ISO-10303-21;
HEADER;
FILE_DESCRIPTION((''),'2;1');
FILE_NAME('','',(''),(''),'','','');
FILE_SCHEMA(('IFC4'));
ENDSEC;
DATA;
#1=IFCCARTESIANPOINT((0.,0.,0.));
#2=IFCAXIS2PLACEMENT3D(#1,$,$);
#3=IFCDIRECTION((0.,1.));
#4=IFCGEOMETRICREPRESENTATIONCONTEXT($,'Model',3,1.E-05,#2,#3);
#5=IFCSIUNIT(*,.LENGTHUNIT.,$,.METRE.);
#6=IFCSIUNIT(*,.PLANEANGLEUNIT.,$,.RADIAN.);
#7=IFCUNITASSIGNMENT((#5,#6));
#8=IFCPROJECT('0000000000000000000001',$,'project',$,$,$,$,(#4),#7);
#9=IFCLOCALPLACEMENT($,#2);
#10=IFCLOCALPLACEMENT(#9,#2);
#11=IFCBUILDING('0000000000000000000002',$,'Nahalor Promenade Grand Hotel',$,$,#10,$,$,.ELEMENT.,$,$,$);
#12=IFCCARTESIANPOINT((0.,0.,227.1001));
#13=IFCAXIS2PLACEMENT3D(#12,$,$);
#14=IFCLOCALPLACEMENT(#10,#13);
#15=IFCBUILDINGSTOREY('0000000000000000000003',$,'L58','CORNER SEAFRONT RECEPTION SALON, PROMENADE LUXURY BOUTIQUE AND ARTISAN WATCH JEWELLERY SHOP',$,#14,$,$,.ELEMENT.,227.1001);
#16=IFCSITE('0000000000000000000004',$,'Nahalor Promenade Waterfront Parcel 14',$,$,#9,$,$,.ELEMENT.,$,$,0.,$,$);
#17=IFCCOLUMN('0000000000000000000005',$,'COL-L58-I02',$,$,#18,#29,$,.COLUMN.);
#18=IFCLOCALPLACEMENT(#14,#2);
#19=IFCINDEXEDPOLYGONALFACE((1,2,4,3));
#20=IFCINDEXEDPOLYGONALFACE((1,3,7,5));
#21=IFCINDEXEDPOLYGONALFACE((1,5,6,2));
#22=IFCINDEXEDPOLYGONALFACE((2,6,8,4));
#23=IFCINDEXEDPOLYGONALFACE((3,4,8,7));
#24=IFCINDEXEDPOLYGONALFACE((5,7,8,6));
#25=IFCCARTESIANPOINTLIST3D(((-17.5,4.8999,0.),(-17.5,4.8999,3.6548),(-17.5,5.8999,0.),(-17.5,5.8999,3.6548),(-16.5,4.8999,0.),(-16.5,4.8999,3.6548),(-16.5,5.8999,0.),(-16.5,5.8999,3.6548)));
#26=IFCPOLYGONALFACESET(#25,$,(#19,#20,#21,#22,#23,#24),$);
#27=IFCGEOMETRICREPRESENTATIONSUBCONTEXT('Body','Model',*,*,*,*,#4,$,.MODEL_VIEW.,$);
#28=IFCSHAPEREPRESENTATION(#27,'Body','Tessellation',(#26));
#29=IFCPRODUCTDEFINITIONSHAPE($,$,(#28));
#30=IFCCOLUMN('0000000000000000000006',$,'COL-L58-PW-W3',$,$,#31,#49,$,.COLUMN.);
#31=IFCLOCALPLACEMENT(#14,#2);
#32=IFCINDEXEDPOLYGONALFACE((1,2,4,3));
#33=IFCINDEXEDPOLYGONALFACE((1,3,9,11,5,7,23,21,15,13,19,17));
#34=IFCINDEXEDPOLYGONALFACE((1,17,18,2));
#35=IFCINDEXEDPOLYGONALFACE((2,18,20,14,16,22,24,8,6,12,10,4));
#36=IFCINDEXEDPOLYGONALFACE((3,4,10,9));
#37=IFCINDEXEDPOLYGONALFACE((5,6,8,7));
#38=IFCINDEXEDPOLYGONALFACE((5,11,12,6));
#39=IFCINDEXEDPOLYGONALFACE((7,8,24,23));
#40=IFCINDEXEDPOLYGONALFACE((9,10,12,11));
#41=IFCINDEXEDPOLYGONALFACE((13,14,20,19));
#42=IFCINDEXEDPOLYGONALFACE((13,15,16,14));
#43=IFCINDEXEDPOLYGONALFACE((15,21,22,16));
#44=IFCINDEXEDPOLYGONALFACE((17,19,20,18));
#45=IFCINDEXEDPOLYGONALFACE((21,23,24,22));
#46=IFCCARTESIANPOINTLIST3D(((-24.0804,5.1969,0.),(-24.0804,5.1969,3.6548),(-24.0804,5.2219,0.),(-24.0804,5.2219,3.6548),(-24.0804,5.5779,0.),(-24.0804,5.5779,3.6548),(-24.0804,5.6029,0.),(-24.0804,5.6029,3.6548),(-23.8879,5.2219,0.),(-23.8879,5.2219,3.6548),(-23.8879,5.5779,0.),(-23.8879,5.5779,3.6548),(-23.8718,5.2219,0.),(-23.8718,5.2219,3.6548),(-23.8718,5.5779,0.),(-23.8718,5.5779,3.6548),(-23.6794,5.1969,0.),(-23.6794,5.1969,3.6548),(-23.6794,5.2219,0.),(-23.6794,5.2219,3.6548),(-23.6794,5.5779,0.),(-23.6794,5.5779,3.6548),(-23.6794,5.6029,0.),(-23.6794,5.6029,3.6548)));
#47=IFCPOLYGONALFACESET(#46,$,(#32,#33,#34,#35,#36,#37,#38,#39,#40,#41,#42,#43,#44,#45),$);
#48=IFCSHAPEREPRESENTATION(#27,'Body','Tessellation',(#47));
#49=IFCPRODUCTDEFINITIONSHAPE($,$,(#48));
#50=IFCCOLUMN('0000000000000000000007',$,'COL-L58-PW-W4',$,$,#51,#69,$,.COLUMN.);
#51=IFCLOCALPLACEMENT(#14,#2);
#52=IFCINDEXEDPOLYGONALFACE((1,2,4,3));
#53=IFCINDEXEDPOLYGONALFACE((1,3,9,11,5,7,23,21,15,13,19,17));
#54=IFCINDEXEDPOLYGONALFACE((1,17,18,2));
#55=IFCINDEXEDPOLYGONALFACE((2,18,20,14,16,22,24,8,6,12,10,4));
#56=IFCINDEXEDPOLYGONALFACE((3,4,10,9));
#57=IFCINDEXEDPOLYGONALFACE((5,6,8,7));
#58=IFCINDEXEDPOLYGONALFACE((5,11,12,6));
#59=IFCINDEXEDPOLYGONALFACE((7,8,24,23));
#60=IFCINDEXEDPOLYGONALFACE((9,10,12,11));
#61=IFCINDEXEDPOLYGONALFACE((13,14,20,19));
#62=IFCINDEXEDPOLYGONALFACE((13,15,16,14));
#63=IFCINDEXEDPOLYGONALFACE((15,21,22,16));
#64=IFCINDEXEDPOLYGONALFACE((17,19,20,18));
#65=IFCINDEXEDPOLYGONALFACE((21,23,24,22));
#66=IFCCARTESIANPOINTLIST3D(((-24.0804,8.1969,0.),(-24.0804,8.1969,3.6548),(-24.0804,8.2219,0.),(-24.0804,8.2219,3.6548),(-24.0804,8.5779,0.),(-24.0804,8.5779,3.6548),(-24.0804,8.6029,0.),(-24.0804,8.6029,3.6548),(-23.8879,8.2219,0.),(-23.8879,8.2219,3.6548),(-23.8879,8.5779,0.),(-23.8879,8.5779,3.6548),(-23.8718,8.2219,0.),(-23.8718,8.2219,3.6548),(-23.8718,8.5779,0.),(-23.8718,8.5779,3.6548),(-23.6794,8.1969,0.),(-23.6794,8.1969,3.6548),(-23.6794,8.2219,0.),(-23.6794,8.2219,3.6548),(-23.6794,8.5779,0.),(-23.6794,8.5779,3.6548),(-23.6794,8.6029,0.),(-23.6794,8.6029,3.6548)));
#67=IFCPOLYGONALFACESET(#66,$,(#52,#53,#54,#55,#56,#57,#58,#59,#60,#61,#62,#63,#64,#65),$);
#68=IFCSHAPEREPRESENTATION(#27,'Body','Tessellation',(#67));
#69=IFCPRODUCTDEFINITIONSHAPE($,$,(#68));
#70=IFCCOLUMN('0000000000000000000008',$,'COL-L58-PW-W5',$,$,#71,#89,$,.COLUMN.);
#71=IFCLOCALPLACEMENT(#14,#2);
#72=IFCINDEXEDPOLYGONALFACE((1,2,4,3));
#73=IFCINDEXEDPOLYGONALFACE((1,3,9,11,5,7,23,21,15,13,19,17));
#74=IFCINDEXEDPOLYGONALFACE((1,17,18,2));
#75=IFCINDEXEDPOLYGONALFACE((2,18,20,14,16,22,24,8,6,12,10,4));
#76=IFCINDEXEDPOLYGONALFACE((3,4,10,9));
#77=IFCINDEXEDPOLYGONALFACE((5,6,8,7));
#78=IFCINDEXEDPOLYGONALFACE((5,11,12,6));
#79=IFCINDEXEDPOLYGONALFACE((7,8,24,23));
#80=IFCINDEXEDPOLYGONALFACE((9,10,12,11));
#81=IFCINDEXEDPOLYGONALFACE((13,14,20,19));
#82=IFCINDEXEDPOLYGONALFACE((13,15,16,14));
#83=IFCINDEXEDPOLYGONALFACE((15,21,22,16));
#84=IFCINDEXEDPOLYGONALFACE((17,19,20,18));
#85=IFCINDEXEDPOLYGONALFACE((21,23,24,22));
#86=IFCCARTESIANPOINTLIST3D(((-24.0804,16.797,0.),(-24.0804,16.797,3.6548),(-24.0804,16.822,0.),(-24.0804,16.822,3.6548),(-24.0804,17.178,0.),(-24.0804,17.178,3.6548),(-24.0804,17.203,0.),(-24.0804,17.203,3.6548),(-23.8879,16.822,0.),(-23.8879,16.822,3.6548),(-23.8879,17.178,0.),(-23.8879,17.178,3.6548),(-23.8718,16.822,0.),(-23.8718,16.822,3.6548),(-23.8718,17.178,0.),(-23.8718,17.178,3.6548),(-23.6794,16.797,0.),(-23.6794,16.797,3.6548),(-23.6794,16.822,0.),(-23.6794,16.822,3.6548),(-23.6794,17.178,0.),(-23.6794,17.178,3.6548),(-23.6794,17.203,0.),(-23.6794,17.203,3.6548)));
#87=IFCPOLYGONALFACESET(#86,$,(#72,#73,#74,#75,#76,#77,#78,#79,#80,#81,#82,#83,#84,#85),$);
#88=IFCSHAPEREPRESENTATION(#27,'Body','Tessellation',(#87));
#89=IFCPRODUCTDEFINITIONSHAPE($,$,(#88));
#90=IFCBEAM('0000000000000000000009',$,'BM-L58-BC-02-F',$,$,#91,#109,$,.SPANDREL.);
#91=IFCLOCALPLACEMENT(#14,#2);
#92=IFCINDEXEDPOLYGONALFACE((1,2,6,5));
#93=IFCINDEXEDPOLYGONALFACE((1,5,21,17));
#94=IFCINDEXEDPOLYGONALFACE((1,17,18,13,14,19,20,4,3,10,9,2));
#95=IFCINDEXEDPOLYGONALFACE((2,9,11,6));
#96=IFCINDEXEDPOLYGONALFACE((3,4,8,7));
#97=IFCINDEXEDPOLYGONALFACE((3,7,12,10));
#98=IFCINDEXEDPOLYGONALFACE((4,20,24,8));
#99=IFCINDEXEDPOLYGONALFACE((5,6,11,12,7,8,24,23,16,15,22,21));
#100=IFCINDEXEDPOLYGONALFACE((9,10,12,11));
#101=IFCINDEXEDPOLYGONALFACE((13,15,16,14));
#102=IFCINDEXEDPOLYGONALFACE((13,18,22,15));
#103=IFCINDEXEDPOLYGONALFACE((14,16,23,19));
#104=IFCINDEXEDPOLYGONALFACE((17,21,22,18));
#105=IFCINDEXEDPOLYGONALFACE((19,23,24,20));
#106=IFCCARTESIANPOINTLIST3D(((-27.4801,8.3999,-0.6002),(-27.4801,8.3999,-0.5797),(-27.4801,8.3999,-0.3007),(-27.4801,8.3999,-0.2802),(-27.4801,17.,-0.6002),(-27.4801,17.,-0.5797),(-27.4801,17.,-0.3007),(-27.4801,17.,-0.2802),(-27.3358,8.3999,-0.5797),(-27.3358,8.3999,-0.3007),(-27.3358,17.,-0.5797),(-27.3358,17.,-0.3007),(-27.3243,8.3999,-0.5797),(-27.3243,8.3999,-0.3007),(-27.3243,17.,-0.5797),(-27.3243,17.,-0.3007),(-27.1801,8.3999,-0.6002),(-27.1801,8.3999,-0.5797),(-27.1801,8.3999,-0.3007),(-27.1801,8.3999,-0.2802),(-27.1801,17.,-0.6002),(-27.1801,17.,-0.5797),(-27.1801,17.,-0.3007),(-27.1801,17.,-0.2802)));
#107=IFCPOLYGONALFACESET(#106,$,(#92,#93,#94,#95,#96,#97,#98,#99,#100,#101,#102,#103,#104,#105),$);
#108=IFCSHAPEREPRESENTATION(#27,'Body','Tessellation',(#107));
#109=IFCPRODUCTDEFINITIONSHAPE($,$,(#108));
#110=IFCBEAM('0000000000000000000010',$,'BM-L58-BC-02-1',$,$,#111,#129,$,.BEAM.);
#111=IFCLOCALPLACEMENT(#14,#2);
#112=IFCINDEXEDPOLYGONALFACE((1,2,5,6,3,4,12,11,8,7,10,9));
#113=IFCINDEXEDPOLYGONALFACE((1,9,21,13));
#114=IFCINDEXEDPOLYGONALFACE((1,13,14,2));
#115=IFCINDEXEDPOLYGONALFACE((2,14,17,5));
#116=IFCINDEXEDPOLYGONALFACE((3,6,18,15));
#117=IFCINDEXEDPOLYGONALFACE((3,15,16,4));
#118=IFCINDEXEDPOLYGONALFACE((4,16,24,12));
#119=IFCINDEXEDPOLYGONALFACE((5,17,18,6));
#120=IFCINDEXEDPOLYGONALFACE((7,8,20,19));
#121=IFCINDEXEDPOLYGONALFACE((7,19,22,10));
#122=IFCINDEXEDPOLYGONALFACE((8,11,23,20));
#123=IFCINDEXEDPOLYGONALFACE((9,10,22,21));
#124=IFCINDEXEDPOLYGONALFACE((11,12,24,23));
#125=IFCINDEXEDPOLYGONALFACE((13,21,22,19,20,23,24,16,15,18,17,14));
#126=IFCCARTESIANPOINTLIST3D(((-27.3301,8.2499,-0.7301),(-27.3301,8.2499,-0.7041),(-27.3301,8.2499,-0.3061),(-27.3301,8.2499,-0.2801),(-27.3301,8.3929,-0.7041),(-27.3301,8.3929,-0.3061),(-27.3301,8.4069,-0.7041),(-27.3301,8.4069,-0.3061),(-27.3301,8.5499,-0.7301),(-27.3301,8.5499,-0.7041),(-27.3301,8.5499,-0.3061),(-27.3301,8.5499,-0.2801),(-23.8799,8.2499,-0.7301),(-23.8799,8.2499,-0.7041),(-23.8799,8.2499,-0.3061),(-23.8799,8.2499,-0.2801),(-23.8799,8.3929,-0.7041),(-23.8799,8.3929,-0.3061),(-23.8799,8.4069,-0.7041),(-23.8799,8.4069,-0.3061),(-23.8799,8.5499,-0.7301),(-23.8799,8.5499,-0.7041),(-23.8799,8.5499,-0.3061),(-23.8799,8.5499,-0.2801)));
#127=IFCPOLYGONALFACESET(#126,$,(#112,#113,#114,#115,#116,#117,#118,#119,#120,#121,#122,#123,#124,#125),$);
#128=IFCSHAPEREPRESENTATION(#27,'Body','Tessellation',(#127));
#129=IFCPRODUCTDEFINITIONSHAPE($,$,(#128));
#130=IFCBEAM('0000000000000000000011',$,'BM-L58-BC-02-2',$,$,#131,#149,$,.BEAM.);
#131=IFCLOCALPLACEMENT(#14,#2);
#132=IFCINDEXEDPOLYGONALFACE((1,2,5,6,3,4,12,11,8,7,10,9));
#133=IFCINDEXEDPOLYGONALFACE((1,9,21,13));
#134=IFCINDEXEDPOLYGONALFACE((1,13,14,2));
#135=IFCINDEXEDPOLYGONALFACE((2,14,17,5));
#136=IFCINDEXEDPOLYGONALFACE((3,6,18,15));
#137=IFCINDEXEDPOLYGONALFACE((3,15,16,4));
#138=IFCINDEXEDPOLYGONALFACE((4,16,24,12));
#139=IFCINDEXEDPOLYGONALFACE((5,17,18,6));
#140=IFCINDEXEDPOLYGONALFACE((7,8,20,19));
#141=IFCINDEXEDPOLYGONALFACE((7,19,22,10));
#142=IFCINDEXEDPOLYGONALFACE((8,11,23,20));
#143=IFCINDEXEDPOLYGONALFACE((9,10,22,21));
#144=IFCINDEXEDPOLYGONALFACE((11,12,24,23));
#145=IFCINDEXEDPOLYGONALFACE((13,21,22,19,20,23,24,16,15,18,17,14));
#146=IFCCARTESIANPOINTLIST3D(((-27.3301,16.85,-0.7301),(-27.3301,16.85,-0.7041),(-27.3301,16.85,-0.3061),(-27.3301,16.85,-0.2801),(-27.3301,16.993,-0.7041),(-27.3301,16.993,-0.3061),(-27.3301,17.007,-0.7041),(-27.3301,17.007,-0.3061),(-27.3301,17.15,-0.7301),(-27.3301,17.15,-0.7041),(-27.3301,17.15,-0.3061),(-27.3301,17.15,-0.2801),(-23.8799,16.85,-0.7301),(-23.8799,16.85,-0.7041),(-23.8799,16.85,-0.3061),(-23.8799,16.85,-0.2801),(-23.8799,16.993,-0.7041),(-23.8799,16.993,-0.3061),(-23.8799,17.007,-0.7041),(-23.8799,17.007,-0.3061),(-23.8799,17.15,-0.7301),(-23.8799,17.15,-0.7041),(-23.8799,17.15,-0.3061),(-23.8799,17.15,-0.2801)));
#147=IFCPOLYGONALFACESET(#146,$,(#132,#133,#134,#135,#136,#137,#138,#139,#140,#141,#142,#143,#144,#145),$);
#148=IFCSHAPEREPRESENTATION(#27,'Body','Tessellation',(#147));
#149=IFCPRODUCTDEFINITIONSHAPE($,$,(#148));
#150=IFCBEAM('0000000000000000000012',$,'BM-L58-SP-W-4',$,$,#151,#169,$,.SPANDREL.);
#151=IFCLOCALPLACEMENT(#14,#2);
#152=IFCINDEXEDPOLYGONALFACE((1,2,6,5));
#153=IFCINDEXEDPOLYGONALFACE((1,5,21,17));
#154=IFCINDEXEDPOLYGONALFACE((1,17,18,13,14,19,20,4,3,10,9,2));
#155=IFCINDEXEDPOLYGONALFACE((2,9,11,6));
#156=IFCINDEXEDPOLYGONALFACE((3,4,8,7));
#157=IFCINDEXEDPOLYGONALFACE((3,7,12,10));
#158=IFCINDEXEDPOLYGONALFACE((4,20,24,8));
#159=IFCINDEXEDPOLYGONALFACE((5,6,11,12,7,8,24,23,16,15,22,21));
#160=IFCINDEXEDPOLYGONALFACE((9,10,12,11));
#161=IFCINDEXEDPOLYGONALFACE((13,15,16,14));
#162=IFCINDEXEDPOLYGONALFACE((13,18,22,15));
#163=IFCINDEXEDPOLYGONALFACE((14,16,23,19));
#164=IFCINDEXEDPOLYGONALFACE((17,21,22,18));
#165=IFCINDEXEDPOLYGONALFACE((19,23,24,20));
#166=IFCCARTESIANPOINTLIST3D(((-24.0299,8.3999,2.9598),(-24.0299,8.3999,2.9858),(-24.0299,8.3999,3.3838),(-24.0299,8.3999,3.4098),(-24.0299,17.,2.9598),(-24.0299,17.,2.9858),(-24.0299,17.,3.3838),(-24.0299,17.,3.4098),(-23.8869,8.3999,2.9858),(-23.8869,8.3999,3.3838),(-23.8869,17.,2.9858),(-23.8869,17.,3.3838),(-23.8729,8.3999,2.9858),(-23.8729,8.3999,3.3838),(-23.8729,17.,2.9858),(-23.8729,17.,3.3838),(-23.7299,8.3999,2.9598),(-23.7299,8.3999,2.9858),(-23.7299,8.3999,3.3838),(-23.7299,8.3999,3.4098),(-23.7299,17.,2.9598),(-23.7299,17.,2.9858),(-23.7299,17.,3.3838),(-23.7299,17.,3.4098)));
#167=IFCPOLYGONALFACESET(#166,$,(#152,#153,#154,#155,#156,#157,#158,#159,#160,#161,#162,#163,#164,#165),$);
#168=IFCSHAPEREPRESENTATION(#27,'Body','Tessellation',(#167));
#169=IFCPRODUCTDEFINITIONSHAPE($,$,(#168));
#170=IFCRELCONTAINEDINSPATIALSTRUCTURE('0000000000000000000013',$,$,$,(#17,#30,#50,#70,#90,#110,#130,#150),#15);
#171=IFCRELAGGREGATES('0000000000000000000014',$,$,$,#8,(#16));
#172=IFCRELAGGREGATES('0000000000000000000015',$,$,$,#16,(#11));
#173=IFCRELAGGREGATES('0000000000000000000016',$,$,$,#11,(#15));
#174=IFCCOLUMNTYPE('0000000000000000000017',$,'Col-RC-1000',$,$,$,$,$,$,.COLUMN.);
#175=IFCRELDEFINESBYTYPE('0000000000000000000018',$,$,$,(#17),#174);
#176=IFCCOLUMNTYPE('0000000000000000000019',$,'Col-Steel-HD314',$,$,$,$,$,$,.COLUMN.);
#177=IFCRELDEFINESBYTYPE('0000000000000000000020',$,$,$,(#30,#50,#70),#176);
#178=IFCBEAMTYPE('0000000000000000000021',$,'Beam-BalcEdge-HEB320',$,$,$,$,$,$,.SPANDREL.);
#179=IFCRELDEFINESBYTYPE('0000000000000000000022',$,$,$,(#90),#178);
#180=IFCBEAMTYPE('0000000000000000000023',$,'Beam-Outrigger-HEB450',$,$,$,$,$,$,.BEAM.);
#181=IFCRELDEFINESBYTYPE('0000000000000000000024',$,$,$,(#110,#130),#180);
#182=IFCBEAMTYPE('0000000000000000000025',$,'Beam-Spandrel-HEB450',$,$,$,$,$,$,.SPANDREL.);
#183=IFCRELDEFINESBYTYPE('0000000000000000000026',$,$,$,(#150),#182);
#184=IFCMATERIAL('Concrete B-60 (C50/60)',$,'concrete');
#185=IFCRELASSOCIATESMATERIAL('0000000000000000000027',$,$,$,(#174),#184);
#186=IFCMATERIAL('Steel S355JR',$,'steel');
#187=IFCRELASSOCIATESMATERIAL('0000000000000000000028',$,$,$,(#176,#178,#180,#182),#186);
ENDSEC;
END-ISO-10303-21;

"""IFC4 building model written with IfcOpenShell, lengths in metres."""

from ifc_helpers import new_model, si_unit, direction, frame, origin, origin_2d, place, context, subcontext, project, spatial, rectangle, i_section, extrude, source, transform, mapped, material, material_profile, profile_set, type_object, element, save


model = new_model("IFC4")

# Units and contexts
model_context = context("Model", 3, precision=1e-05, world=origin(), true_north=direction((0.0, 1.0)))
body_context = subcontext(model_context, "Body", "Model", "MODEL_VIEW")
ifc_project = project(units=[si_unit("LENGTHUNIT", "METRE"), si_unit("PLANEANGLEUNIT", "RADIAN")], contexts=[model_context])

# Site, building, storey
site_placement = place(None, origin())
site = spatial("IfcSite", under=ifc_project, at=site_placement, Name="Nahalor Promenade Waterfront Parcel 14", CompositionType="ELEMENT", RefElevation=0.0)
building_placement = place(site_placement, origin())
building = spatial("IfcBuilding", under=site, at=building_placement, Name="Nahalor Promenade Grand Hotel", CompositionType="ELEMENT")
storey_placement = place(building_placement, frame((0.0, 0.0, 227.1001)))
storey = spatial("IfcBuildingStorey", under=building, at=storey_placement, Name="L58", Description="CORNER SEAFRONT RECEPTION SALON, PROMENADE LUXURY BOUTIQUE AND ARTISAN WATCH JEWELLERY SHOP", CompositionType="ELEMENT", Elevation=227.1001)

# Columns
ifc_material_1 = material(Name="Concrete B-60 (C50/60)", Category="concrete")
ifc_material_profile_1 = material_profile(ifc_material_1, rectangle(XDim=1.0, YDim=1.0, at=origin_2d()), Name="RC 1000x1000")
ifc_profile_set_1 = profile_set([ifc_material_profile_1], Name="Concrete B-60 (C50/60)")
column_type_1 = type_object("IfcColumnType", Name="Col-RC-1000", PredefinedType="COLUMN", material=ifc_profile_set_1)
shared_shape_1 = source(origin(), body_context, "Body", "SweptSolid", [
    extrude(rectangle(XDim=1.0, YDim=1.0, at=origin_2d()), origin(), (0.0, 0.0, 1.0), 3.6548),
])
column_placement = place(storey_placement, frame((-17.0, 5.3999, 0.0), z_axis=(0.0, 0.0, 1.0), x_axis=(1.0, 0.0, 0.0)))
element("IfcColumn", 1, at=column_placement, inside=storey, type_object=column_type_1, Name="COL-L58-I02", PredefinedType="COLUMN", context=body_context, shape_type="MappedRepresentation", body=[
    mapped(shared_shape_1, transform((0.0, 0.0, 0.0), scale=1.0)),
])
ifc_material_2 = material(Name="Steel S355JR", Category="steel")
ifc_material_profile_2 = material_profile(ifc_material_2, i_section(OverallWidth=0.401, OverallDepth=0.406, WebThickness=0.0161, FlangeThickness=0.025, at=origin_2d()), Name="HD 400x314")
ifc_profile_set_2 = profile_set([ifc_material_profile_2], Name="Steel S355JR")
column_type_2 = type_object("IfcColumnType", Name="Col-Steel-HD314", PredefinedType="COLUMN", material=ifc_profile_set_2)
shared_shape_2 = source(origin(), body_context, "Body", "SweptSolid", [
    extrude(i_section(OverallWidth=0.401, OverallDepth=0.406, WebThickness=0.0161, FlangeThickness=0.025, at=origin_2d()), origin(), (0.0, 0.0, 1.0), 3.6548),
])
for number, where, z_axis, x_axis, name in (
    (2, (-23.8799, 5.3999, 0.0), (0.0, 0.0, 1.0), (1.0, 0.0, 0.0), "COL-L58-PW-W3"),
    (3, (-23.8799, 8.3999, 0.0), (0.0, 0.0, 1.0), (1.0, 0.0, 0.0), "COL-L58-PW-W4"),
    (4, (-23.8799, 17.0, 0.0), (0.0, 0.0, 1.0), (1.0, 0.0, 0.0), "COL-L58-PW-W5"),
):
    element("IfcColumn", number, at=place(storey_placement, frame(where, z_axis=z_axis, x_axis=x_axis)), inside=storey, type_object=column_type_2, Name=name, PredefinedType="COLUMN", context=body_context, shape_type="MappedRepresentation", body=[
        mapped(shared_shape_2, transform((0.0, 0.0, 0.0), scale=1.0)),
    ])

# Beams
ifc_material_profile_3 = material_profile(ifc_material_2, i_section(OverallWidth=0.3, OverallDepth=0.32, WebThickness=0.0115, FlangeThickness=0.0205, at=origin_2d()), Name="HEB 320")
ifc_profile_set_3 = profile_set([ifc_material_profile_3], Name="Steel S355JR")
beam_type_1 = type_object("IfcBeamType", Name="Beam-BalcEdge-HEB320", PredefinedType="SPANDREL", material=ifc_profile_set_3)
shared_shape_3 = source(origin(), body_context, "Body", "SweptSolid", [
    extrude(i_section(OverallWidth=0.3, OverallDepth=0.32, WebThickness=0.0115, FlangeThickness=0.0205, at=origin_2d()), origin(), (0.0, 0.0, 1.0), 8.6001),
])
beam_1_placement = place(storey_placement, frame((-27.3301, 8.3999, -0.4402), z_axis=(0.0, 1.0, 0.0), x_axis=(-1.0, 0.0, 0.0)))
element("IfcBeam", 5, at=beam_1_placement, inside=storey, type_object=beam_type_1, Name="BM-L58-BC-02-F", PredefinedType="SPANDREL", context=body_context, shape_type="MappedRepresentation", body=[
    mapped(shared_shape_3, transform((0.0, 0.0, 0.0), scale=1.0)),
])
ifc_material_profile_4 = material_profile(ifc_material_2, i_section(OverallWidth=0.3, OverallDepth=0.45, WebThickness=0.014, FlangeThickness=0.026, at=origin_2d()), Name="HEB 450")
ifc_profile_set_4 = profile_set([ifc_material_profile_4], Name="Steel S355JR")
beam_type_2 = type_object("IfcBeamType", Name="Beam-Outrigger-HEB450", PredefinedType="BEAM", material=ifc_profile_set_4)
shared_shape_4 = source(origin(), body_context, "Body", "SweptSolid", [
    extrude(i_section(OverallWidth=0.3, OverallDepth=0.45, WebThickness=0.014, FlangeThickness=0.026, at=origin_2d()), origin(), (0.0, 0.0, 1.0), 3.4502),
])
for number, where, z_axis, x_axis, name in (
    (6, (-27.3301, 8.3999, -0.5051), (1.0, 0.0, 0.0), (0.0, 1.0, 0.0), "BM-L58-BC-02-1"),
    (7, (-27.3301, 17.0, -0.5051), (1.0, 0.0, 0.0), (0.0, 1.0, 0.0), "BM-L58-BC-02-2"),
):
    element("IfcBeam", number, at=place(storey_placement, frame(where, z_axis=z_axis, x_axis=x_axis)), inside=storey, type_object=beam_type_2, Name=name, PredefinedType="BEAM", context=body_context, shape_type="MappedRepresentation", body=[
        mapped(shared_shape_4, transform((0.0, 0.0, 0.0), scale=1.0)),
    ])
ifc_material_profile_5 = material_profile(ifc_material_2, i_section(OverallWidth=0.3, OverallDepth=0.45, WebThickness=0.014, FlangeThickness=0.026, at=origin_2d()), Name="HEB 450")
ifc_profile_set_5 = profile_set([ifc_material_profile_5], Name="Steel S355JR")
beam_type_3 = type_object("IfcBeamType", Name="Beam-Spandrel-HEB450", PredefinedType="SPANDREL", material=ifc_profile_set_5)
shared_shape_5 = source(origin(), body_context, "Body", "SweptSolid", [
    extrude(i_section(OverallWidth=0.3, OverallDepth=0.45, WebThickness=0.014, FlangeThickness=0.026, at=origin_2d()), origin(), (0.0, 0.0, 1.0), 8.6001),
])
beam_2_placement = place(storey_placement, frame((-23.8799, 8.3999, 3.1848), z_axis=(0.0, 1.0, 0.0), x_axis=(-1.0, 0.0, 0.0)))
element("IfcBeam", 8, at=beam_2_placement, inside=storey, type_object=beam_type_3, Name="BM-L58-SP-W-4", PredefinedType="SPANDREL", context=body_context, shape_type="MappedRepresentation", body=[
    mapped(shared_shape_5, transform((0.0, 0.0, 0.0), scale=1.0)),
])

save(model, "model.ifc")
